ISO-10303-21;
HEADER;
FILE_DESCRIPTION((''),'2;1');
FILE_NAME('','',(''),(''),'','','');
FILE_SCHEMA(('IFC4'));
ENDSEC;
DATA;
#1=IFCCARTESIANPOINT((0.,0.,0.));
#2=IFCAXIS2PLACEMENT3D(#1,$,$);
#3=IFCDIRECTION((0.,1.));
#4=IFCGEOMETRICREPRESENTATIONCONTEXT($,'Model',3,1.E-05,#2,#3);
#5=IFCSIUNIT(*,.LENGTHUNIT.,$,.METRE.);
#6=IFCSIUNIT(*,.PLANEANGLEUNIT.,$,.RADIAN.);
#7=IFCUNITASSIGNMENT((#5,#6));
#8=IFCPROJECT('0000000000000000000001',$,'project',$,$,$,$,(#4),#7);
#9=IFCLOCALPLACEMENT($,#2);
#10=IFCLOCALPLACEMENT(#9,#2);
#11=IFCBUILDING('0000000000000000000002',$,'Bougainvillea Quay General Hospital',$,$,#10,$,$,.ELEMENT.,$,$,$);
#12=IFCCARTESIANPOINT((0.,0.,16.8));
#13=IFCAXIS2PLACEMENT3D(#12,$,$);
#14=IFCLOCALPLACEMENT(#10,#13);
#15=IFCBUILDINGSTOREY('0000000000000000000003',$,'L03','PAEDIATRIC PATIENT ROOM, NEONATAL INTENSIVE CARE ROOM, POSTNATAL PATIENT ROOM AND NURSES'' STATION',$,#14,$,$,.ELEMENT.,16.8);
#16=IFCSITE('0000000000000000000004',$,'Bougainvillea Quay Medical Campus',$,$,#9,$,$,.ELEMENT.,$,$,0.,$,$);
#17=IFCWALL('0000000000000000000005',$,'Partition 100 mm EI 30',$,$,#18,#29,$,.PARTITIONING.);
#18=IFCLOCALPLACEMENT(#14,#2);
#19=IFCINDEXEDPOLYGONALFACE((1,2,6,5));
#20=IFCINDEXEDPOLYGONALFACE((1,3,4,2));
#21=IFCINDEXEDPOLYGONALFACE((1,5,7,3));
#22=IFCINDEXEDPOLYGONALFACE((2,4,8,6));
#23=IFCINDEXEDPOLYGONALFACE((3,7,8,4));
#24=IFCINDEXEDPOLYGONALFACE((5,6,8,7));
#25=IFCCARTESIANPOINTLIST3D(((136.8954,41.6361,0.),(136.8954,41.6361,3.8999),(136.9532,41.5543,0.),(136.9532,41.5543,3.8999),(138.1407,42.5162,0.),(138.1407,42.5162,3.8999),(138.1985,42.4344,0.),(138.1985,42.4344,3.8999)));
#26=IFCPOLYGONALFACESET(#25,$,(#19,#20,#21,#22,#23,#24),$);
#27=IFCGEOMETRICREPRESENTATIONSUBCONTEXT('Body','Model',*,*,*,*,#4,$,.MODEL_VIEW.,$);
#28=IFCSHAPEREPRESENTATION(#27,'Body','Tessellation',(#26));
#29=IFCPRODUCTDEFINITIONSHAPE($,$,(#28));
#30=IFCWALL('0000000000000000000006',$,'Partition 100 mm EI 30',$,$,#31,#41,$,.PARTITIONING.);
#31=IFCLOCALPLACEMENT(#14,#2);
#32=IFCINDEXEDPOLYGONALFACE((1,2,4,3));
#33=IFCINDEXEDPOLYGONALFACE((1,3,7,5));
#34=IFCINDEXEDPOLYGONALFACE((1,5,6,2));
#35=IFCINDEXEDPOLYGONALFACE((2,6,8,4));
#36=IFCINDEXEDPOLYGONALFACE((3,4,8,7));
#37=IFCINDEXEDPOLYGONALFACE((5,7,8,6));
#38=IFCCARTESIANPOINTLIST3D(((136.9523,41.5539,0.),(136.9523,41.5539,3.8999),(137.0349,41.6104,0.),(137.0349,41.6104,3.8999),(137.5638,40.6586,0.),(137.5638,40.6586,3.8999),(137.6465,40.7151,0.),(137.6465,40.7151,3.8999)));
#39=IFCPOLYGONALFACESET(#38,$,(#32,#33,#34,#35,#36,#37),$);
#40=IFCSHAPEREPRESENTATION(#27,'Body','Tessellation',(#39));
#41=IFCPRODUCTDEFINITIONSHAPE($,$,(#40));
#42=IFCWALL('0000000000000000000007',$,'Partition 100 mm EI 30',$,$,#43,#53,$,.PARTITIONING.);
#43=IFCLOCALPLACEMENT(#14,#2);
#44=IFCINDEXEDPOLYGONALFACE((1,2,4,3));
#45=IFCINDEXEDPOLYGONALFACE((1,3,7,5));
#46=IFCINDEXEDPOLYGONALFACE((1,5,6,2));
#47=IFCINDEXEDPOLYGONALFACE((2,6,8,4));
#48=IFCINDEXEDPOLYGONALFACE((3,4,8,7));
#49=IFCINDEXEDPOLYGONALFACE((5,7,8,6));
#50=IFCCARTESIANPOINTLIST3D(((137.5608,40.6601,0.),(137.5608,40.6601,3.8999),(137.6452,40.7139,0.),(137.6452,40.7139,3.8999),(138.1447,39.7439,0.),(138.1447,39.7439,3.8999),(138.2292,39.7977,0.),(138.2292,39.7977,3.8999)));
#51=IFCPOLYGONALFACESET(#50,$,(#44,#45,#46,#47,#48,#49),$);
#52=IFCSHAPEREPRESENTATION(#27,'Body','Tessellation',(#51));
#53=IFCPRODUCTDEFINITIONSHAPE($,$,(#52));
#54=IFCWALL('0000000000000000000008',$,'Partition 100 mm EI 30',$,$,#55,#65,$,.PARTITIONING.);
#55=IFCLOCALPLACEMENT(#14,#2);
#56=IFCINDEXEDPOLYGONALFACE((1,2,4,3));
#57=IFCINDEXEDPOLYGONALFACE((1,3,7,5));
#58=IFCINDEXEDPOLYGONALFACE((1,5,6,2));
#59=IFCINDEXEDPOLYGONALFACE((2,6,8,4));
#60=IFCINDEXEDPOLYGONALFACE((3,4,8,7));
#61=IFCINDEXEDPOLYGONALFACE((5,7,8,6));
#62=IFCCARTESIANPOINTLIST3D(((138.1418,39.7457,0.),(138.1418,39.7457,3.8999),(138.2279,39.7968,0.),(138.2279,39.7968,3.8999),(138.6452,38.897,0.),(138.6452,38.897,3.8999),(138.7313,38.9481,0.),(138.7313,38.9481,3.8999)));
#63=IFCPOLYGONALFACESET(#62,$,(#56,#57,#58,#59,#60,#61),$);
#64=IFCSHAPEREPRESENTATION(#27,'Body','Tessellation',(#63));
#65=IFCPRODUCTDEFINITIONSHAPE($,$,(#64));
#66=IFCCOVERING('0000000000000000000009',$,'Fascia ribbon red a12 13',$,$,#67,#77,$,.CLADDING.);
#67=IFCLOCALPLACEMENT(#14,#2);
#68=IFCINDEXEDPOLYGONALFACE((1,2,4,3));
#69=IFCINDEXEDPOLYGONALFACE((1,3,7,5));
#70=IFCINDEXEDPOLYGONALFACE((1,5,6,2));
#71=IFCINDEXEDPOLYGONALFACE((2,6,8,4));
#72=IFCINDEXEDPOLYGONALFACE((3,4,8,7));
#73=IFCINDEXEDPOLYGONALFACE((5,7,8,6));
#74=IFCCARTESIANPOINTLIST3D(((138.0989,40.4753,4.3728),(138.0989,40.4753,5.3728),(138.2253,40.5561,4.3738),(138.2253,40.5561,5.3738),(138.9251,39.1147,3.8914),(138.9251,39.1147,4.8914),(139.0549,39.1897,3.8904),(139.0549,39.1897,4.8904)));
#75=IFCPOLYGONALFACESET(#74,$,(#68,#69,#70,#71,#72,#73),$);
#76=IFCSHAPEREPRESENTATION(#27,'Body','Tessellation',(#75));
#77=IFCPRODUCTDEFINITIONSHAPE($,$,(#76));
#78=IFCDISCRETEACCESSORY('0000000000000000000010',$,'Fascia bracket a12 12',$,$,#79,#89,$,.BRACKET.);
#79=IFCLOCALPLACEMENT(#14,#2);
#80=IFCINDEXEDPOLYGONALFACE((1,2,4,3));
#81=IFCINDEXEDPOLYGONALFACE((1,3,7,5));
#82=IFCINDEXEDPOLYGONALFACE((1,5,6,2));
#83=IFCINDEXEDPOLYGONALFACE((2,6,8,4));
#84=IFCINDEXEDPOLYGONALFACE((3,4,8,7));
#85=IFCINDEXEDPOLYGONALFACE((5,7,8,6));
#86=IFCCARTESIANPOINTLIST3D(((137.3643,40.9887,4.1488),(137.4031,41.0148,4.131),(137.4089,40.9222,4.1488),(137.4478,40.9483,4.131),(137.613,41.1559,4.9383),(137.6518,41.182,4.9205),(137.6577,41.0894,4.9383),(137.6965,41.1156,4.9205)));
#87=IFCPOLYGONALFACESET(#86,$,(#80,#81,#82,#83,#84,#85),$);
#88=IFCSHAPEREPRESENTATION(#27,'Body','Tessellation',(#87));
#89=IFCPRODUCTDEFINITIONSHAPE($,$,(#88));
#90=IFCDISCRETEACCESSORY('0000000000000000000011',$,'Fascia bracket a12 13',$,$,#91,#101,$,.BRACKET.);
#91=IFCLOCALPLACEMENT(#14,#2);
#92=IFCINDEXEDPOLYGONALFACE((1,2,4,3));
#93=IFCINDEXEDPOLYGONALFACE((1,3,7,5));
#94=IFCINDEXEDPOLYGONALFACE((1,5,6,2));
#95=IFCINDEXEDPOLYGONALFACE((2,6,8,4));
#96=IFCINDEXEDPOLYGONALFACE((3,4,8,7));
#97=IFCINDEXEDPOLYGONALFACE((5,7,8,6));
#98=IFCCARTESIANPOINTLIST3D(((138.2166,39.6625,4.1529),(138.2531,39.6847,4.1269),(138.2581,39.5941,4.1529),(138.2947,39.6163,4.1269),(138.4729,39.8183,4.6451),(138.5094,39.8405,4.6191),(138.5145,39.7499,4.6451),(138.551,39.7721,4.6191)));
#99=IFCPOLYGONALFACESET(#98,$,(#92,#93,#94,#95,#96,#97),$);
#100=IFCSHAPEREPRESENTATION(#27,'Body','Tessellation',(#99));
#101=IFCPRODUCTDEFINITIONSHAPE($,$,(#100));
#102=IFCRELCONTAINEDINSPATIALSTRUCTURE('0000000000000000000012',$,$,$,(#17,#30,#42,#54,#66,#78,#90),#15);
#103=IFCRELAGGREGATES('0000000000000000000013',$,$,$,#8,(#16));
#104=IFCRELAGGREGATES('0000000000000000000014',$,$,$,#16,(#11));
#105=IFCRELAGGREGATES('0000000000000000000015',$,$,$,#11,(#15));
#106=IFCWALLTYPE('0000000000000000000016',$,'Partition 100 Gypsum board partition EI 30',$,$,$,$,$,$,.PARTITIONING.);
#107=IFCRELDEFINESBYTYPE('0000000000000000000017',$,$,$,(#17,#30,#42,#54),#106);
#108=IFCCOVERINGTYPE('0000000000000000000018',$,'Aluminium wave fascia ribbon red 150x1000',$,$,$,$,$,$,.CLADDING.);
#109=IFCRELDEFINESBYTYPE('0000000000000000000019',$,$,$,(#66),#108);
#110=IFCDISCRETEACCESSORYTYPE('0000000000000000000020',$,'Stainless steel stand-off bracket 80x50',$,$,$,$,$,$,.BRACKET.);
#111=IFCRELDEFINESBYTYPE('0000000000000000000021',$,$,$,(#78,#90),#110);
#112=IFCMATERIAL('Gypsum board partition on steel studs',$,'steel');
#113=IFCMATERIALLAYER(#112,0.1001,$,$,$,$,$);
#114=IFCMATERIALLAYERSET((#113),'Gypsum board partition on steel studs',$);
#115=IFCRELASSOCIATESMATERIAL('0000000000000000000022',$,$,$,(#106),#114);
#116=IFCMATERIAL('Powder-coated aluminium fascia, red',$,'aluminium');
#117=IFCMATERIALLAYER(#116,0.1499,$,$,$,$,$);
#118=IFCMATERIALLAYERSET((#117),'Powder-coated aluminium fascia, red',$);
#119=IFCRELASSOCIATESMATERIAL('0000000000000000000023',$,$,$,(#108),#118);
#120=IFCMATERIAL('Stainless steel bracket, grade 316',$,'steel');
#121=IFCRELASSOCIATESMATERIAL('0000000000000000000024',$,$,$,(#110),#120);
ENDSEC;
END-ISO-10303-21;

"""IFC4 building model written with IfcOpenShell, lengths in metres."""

from ifc_helpers import new_model, si_unit, direction, frame, frame_2d, origin, origin_2d, place, context, subcontext, project, spatial, polyline, rectangle, outline, extrude, material, layer, layer_set, material_profile, profile_set, type_object, element, save


model = new_model("IFC4")

# Units and contexts
model_context = context("Model", 3, precision=1e-05, world=origin(), true_north=direction((0.0, 1.0)))
body_context = subcontext(model_context, "Body", "Model", "MODEL_VIEW")
ifc_project = project(units=[si_unit("LENGTHUNIT", "METRE"), si_unit("PLANEANGLEUNIT", "RADIAN")], contexts=[model_context])

# Site, building, storey
site_placement = place(None, origin())
site = spatial("IfcSite", under=ifc_project, at=site_placement, Name="Bougainvillea Quay Medical Campus", CompositionType="ELEMENT", RefElevation=0.0)
building_placement = place(site_placement, origin())
building = spatial("IfcBuilding", under=site, at=building_placement, Name="Bougainvillea Quay General Hospital", CompositionType="ELEMENT")
storey_placement = place(building_placement, frame((0.0, 0.0, 16.8)))
storey = spatial("IfcBuildingStorey", under=building, at=storey_placement, Name="L03", Description="PAEDIATRIC PATIENT ROOM, NEONATAL INTENSIVE CARE ROOM, POSTNATAL PATIENT ROOM AND NURSES' STATION", CompositionType="ELEMENT", Elevation=16.8)

# Walls
ifc_material_1 = material(Name="Gypsum board partition on steel studs", Category="steel")
ifc_layer_1 = layer(ifc_material_1, 0.1001)
ifc_layer_set_1 = layer_set([ifc_layer_1], Name="Gypsum board partition on steel studs")
wall_type = type_object("IfcWallType", Name="Partition 100 Gypsum board partition EI 30", PredefinedType="PARTITIONING", material=ifc_layer_set_1)
wall_1_placement = place(storey_placement, frame((136.9243, 41.5952, 0.0), z_axis=(0.0, 0.0, 1.0), x_axis=(0.816644, 0.577142, 0.0)))
element("IfcWall", 1, at=wall_1_placement, inside=storey, type_object=wall_type, Name="Partition 100 mm EI 30", PredefinedType="PARTITIONING", context=body_context, shape_type="SweptSolid", body=[
    extrude(rectangle(XDim=1.5249, YDim=0.1001, at=frame_2d((0.7625, 0.0))), origin(), (0.0, 0.0, 1.0), 3.8999),
])
wall_2_placement = place(storey_placement, frame((136.9937, 41.582, 0.0), z_axis=(0.0, 0.0, 1.0), x_axis=(0.56407, -0.825727, 0.0)))
element("IfcWall", 2, at=wall_2_placement, inside=storey, type_object=wall_type, Name="Partition 100 mm EI 30", PredefinedType="PARTITIONING", context=body_context, shape_type="SweptSolid", body=[
    extrude(rectangle(XDim=1.0842, YDim=0.1001, at=frame_2d((0.542, 0.0))), origin(), (0.0, 0.0, 1.0), 3.8999),
])
wall_3_placement = place(storey_placement, frame((137.603, 40.687, 0.0), z_axis=(0.0, 0.0, 1.0), x_axis=(0.537471, -0.843282, 0.0)))
element("IfcWall", 3, at=wall_3_placement, inside=storey, type_object=wall_type, Name="Partition 100 mm EI 30", PredefinedType="PARTITIONING", context=body_context, shape_type="SweptSolid", body=[
    extrude(rectangle(XDim=1.0864, YDim=0.1001, at=frame_2d((0.5432, 0.0))), origin(), (0.0, 0.0, 1.0), 3.8999),
])
wall_4_placement = place(storey_placement, frame((138.1848, 39.7712, 0.0), z_axis=(0.0, 0.0, 1.0), x_axis=(0.510196, -0.860058, 0.0)))
element("IfcWall", 4, at=wall_4_placement, inside=storey, type_object=wall_type, Name="Partition 100 mm EI 30", PredefinedType="PARTITIONING", context=body_context, shape_type="SweptSolid", body=[
    extrude(rectangle(XDim=0.9868, YDim=0.1001, at=frame_2d((0.4934, 0.0))), origin(), (0.0, 0.0, 1.0), 3.8999),
])

# Covering
ifc_material_2 = material(Name="Powder-coated aluminium fascia, red", Category="aluminium")
ifc_layer_2 = layer(ifc_material_2, 0.1499)
ifc_layer_set_2 = layer_set([ifc_layer_2], Name="Powder-coated aluminium fascia, red")
covering_type = type_object("IfcCoveringType", Name="Aluminium wave fascia ribbon red 150x1000", PredefinedType="CLADDING", material=ifc_layer_set_2)
covering_placement = place(storey_placement, frame((138.0989, 40.4753, 4.3728), z_axis=(0.150318, -0.247389, 0.957185), x_axis=(0.4968, -0.818164, -0.289477)))
element("IfcCovering", 5, at=covering_placement, inside=storey, type_object=covering_type, Name="Fascia ribbon red a12 13", PredefinedType="CLADDING", context=body_context, shape_type="SweptSolid", body=[
    extrude(outline(polyline([(0.0, 0.0), (1.663, 0.0), (1.6665, 0.1499), (-0.0036, 0.15), (0.0, 0.0)])), origin(), (-0.289477, -0.000082, 0.957185), 1.0),
])

# Discrete accessories
ifc_material_3 = material(Name="Stainless steel bracket, grade 316", Category="steel")
ifc_material_profile_1 = material_profile(ifc_material_3, rectangle(XDim=0.0801, YDim=0.05, at=origin_2d()))
ifc_profile_set_1 = profile_set([ifc_material_profile_1], Name="Stainless steel bracket, grade 316")
discrete_accessory_type = type_object("IfcDiscreteAccessoryType", Name="Stainless steel stand-off bracket 80x50", PredefinedType="BRACKET", material=ifc_profile_set_1)
discrete_accessory_1_placement = place(storey_placement, frame((137.406, 40.9685, 4.1399), z_axis=(0.294573, 0.19802, 0.934887), x_axis=(-0.557891, 0.829914, 0.0)))
element("IfcDiscreteAccessory", 6, at=discrete_accessory_1_placement, inside=storey, type_object=discrete_accessory_type, Name="Fascia bracket a12 12", PredefinedType="BRACKET", context=body_context, shape_type="SweptSolid", body=[
    extrude(rectangle(XDim=0.0801, YDim=0.05, at=origin_2d()), origin(), (0.0, 0.0, 1.0), 0.8445),
])
discrete_accessory_2_placement = place(storey_placement, frame((138.2556, 39.6394, 4.1399), z_axis=(0.444748, 0.270237, 0.853915), x_axis=(-0.519275, 0.854607, 0.0)))
element("IfcDiscreteAccessory", 7, at=discrete_accessory_2_placement, inside=storey, type_object=discrete_accessory_type, Name="Fascia bracket a12 13", PredefinedType="BRACKET", context=body_context, shape_type="SweptSolid", body=[
    extrude(rectangle(XDim=0.0801, YDim=0.05, at=origin_2d()), origin(), (0.0, 0.0, 1.0), 0.5764),
])

save(model, "model.ifc")
